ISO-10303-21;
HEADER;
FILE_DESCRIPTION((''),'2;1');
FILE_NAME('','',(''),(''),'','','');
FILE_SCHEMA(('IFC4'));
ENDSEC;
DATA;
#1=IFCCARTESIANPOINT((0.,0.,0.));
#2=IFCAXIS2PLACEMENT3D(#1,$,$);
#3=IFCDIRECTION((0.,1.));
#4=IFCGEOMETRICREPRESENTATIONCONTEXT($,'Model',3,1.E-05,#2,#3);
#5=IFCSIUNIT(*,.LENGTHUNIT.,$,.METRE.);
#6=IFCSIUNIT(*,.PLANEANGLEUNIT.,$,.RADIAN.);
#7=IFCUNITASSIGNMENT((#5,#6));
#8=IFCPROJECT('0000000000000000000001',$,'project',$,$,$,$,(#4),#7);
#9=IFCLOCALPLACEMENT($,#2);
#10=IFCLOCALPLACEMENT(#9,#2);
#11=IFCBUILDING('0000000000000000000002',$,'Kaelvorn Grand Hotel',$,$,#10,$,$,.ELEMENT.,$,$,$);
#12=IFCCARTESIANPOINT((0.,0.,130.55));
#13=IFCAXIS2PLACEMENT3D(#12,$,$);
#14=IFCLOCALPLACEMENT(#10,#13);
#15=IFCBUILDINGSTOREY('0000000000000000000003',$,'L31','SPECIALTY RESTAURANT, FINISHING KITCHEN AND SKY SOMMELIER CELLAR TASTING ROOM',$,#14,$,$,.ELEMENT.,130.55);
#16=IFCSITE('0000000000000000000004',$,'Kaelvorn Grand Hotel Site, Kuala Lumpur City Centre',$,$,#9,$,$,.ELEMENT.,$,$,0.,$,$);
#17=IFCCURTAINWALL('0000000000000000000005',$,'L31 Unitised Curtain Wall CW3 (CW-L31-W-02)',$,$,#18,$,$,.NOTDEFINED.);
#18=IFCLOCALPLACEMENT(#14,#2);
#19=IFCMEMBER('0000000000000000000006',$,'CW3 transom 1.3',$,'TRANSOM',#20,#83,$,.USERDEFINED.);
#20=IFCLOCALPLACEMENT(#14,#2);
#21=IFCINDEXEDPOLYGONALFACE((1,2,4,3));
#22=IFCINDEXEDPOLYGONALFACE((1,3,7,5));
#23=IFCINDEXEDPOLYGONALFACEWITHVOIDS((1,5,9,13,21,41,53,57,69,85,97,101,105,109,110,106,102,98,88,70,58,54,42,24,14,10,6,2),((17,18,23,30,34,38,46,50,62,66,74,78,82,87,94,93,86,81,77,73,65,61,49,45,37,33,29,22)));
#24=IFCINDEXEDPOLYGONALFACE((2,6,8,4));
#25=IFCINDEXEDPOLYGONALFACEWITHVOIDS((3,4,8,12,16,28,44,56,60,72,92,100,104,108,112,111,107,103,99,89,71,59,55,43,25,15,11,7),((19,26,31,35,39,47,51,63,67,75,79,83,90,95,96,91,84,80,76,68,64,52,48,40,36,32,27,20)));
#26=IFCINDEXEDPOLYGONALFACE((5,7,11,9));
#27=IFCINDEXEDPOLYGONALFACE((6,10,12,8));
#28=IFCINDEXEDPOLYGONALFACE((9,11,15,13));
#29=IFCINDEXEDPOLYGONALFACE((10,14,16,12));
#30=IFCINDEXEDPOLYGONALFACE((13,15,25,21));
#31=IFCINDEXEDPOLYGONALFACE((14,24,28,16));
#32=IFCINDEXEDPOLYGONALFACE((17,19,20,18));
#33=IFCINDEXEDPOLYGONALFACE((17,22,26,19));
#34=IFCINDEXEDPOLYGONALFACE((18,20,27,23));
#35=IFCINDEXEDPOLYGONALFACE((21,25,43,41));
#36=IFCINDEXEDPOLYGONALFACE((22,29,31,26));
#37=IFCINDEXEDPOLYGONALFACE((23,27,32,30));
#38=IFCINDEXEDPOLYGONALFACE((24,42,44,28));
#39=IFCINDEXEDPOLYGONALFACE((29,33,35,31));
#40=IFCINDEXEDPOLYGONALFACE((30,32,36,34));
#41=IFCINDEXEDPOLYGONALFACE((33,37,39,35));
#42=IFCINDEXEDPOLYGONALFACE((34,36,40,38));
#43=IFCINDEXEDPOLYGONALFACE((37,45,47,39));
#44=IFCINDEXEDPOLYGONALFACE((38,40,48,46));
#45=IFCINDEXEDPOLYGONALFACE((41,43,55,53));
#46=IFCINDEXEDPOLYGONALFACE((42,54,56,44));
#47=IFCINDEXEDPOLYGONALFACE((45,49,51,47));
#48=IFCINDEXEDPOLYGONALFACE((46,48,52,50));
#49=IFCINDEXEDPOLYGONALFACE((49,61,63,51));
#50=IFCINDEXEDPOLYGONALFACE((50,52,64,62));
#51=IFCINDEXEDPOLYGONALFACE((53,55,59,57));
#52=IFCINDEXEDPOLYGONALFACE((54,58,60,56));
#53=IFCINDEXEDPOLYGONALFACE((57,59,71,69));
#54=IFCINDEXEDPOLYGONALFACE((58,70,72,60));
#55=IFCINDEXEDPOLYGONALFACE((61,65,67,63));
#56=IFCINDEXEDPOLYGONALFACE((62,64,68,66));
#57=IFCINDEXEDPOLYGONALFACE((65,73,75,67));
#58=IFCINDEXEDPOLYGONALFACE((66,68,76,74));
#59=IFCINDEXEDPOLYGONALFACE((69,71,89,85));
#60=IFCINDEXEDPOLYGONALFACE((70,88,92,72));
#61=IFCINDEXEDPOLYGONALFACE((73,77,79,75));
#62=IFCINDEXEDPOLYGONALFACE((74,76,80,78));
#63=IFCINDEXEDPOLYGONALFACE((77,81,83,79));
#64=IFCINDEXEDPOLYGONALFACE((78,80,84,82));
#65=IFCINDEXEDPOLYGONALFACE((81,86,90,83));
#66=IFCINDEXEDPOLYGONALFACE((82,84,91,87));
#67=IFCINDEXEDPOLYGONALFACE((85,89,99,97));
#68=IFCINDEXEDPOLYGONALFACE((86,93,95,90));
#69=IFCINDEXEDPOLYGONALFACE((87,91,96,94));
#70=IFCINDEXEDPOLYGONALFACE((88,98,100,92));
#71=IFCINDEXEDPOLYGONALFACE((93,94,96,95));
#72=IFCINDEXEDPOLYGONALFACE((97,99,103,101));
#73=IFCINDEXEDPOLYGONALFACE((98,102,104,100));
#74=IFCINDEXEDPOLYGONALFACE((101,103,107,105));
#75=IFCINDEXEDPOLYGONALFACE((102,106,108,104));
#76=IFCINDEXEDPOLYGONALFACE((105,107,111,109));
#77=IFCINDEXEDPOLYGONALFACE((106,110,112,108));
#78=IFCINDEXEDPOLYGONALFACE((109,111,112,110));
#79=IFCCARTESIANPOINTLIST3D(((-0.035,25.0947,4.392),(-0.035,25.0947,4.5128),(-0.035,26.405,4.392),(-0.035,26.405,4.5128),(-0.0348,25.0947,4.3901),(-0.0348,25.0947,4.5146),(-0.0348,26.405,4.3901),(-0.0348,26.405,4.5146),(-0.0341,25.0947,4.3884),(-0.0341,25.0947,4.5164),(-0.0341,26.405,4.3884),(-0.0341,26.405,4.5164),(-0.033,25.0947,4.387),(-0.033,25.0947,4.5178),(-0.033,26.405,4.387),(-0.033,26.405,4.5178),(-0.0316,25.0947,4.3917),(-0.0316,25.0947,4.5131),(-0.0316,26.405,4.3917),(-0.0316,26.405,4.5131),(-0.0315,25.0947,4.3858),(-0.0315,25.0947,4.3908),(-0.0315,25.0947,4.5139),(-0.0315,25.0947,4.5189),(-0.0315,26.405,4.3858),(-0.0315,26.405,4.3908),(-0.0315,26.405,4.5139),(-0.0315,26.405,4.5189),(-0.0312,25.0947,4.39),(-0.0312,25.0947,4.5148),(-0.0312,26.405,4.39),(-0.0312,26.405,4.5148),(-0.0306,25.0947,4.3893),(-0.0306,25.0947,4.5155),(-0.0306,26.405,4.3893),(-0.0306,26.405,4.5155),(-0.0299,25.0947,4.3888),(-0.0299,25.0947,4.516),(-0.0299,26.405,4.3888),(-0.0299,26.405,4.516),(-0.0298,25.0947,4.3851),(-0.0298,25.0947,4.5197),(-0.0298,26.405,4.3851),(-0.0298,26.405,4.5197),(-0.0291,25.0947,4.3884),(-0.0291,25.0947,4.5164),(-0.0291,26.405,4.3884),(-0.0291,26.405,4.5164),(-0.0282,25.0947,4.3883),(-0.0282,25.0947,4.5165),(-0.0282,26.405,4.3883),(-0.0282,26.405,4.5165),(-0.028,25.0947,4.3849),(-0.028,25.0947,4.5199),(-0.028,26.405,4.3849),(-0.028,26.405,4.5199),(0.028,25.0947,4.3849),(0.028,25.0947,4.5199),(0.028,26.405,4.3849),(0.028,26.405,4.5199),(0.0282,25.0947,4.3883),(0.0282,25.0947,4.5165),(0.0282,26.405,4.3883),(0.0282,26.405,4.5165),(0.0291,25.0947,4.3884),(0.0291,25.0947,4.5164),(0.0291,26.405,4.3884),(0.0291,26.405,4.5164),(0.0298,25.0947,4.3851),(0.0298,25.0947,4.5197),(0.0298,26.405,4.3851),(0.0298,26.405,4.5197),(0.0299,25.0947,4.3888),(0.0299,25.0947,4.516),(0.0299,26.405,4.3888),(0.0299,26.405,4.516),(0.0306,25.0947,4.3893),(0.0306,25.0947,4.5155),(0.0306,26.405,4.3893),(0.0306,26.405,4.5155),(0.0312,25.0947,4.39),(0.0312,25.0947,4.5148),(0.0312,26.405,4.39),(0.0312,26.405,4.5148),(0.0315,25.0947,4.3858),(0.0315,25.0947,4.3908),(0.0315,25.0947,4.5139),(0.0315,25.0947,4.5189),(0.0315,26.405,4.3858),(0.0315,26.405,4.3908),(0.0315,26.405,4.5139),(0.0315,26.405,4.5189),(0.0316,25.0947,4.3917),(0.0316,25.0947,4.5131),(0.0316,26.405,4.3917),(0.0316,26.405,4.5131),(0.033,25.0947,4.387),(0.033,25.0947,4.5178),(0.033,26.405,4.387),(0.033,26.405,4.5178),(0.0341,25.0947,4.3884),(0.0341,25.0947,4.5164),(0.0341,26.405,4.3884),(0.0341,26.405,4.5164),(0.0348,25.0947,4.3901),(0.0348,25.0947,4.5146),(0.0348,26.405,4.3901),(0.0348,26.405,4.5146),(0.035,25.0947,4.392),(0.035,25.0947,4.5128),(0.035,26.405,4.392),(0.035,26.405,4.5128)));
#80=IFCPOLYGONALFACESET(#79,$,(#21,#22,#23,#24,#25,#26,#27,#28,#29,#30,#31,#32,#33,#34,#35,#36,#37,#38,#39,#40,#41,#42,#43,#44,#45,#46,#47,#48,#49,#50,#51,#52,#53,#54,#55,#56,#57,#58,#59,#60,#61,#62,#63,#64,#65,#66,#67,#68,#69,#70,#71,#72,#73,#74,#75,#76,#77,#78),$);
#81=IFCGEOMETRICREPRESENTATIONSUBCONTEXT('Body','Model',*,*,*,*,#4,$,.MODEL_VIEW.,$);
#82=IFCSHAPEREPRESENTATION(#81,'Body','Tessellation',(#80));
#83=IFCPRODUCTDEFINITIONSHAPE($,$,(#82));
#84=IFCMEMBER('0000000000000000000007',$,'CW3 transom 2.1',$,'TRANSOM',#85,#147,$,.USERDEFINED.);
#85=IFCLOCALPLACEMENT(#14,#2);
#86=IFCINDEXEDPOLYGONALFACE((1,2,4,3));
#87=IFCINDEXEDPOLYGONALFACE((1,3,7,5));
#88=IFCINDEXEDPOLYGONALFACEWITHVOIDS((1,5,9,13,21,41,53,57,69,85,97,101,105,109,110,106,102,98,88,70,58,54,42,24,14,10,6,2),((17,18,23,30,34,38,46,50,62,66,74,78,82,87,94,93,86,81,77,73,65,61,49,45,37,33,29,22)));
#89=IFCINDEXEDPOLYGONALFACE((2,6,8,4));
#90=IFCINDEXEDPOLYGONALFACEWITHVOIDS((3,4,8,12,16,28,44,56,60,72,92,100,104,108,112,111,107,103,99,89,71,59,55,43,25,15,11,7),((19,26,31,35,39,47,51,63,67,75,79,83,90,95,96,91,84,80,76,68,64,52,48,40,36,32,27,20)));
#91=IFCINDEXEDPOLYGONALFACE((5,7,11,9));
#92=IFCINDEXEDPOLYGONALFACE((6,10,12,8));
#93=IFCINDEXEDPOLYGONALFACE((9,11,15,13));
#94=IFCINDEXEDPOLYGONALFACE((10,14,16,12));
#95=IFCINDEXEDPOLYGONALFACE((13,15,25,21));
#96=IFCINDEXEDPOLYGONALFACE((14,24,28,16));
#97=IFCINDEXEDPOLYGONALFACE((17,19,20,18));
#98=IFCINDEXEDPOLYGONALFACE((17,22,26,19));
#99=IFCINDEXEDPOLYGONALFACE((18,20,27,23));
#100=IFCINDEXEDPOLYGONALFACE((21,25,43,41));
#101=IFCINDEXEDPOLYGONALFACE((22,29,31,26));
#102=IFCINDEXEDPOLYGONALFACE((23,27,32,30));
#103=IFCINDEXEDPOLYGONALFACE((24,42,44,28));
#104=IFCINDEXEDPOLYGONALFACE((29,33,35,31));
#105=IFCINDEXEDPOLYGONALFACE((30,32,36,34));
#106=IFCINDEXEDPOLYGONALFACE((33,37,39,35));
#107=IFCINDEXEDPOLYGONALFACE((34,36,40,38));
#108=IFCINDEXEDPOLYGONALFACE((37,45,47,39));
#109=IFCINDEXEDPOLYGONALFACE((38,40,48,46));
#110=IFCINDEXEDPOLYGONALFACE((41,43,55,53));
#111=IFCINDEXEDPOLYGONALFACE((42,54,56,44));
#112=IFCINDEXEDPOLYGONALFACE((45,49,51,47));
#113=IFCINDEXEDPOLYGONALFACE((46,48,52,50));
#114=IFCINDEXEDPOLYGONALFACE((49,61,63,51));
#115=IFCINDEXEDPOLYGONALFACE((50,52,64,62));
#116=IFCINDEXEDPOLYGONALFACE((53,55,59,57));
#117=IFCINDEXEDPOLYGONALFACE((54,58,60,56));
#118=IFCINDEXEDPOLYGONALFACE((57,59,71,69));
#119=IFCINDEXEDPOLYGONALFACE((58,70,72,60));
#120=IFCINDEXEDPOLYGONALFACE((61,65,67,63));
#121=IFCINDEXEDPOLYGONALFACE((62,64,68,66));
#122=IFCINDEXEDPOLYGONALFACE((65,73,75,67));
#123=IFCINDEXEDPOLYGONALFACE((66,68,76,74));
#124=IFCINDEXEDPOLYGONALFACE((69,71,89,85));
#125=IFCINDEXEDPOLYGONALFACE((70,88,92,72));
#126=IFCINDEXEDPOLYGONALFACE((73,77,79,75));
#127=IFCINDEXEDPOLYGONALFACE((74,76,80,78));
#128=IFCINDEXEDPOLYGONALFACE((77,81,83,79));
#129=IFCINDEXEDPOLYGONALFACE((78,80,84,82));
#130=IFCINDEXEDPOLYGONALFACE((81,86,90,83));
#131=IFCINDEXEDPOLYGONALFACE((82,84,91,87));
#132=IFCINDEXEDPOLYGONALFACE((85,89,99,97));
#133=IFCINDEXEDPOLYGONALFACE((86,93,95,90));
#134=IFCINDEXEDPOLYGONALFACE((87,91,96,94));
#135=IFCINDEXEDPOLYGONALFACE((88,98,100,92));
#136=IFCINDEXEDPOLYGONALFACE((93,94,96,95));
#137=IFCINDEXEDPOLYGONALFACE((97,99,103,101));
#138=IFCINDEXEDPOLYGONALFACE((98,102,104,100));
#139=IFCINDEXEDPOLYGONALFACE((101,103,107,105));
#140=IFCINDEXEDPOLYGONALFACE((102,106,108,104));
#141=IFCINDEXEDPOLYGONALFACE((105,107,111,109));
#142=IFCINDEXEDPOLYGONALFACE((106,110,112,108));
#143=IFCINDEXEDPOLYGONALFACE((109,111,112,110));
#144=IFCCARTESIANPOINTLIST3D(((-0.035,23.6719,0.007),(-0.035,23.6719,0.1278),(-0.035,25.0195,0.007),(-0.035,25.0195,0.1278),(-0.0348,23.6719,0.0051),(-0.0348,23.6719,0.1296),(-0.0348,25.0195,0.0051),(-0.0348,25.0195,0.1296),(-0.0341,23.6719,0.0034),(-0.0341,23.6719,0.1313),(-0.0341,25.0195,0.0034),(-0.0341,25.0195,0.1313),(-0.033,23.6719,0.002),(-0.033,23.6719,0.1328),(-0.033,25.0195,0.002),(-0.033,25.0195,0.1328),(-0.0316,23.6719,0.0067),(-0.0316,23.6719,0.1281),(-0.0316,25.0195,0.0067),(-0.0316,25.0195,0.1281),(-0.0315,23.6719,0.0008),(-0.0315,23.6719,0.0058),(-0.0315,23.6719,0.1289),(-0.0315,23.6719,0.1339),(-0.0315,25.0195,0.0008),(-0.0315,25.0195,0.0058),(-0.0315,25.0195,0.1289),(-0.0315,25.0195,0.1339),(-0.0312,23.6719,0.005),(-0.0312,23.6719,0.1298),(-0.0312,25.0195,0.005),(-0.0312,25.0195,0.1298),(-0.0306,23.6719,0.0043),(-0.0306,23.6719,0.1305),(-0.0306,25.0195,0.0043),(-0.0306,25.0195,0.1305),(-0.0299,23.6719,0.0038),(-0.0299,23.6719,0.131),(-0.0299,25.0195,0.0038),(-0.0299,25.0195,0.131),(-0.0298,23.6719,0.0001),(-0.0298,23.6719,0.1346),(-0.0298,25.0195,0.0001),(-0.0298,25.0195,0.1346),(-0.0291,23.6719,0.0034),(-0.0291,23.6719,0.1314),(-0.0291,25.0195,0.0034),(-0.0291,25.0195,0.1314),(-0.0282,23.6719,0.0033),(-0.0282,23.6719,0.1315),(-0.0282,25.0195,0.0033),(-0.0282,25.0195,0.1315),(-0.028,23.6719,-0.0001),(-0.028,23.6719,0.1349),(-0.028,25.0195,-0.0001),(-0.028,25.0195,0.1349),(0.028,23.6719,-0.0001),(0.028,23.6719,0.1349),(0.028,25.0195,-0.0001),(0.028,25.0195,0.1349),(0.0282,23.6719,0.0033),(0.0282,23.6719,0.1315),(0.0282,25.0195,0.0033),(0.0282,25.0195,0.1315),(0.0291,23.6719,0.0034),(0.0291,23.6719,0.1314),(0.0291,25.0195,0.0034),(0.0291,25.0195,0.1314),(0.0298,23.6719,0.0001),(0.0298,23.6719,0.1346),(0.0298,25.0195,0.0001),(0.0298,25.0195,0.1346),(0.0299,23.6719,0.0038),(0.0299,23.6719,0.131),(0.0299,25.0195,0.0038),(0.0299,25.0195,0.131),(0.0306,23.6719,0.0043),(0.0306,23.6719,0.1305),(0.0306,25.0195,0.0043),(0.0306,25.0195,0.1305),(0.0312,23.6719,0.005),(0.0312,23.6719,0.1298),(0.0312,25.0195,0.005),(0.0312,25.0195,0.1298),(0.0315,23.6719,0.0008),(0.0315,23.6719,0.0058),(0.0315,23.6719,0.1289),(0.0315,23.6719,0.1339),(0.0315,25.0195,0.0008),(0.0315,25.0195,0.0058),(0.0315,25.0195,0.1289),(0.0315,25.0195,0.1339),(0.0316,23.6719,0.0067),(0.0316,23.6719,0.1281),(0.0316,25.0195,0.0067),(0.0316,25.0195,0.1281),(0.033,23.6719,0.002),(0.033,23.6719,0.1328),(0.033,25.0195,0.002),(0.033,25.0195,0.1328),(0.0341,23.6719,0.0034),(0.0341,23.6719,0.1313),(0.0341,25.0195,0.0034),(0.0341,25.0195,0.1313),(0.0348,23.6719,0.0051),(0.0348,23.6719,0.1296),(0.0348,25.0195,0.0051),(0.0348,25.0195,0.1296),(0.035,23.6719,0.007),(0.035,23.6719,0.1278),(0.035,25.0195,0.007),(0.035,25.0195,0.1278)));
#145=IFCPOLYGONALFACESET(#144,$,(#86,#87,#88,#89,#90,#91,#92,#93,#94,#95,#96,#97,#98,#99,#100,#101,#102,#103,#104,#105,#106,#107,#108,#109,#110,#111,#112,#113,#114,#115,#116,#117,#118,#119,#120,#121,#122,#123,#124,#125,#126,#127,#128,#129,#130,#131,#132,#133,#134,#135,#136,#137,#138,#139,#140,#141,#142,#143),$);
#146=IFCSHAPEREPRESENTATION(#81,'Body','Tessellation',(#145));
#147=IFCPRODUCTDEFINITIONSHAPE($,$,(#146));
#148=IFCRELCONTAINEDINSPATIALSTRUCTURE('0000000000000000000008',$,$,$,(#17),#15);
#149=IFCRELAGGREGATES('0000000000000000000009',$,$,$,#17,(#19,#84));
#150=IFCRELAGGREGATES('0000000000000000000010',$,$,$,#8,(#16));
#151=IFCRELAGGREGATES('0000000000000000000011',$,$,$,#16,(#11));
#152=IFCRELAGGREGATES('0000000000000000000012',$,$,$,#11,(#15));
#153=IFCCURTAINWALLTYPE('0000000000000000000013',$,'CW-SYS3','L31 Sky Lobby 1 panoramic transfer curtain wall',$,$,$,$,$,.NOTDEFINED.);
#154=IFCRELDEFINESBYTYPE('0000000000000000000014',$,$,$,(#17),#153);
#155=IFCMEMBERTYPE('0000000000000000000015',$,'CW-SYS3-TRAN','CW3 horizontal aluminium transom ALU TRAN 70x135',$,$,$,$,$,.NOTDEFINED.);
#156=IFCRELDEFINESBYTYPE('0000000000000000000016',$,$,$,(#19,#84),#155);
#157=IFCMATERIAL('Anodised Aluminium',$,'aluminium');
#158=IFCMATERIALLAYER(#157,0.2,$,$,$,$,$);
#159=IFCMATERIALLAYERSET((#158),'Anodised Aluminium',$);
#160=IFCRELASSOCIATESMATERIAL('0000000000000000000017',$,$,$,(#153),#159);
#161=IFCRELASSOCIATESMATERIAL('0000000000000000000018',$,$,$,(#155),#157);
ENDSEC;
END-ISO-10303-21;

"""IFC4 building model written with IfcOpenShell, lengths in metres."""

from ifc_helpers import new_model, si_unit, direction, frame, origin, origin_2d, place, context, subcontext, project, spatial, hollow_rectangle, extrude, material, layer, layer_set, material_profile, profile_set, type_object, element, aggregate, save


model = new_model("IFC4")

# Units and contexts
model_context = context("Model", 3, precision=1e-05, world=origin(), true_north=direction((0.0, 1.0)))
body_context = subcontext(model_context, "Body", "Model", "MODEL_VIEW")
ifc_project = project(units=[si_unit("LENGTHUNIT", "METRE"), si_unit("PLANEANGLEUNIT", "RADIAN")], contexts=[model_context])

# Site, building, storey
site_placement = place(None, origin())
site = spatial("IfcSite", under=ifc_project, at=site_placement, Name="Kaelvorn Grand Hotel Site, Kuala Lumpur City Centre", CompositionType="ELEMENT", RefElevation=0.0)
building_placement = place(site_placement, origin())
building = spatial("IfcBuilding", under=site, at=building_placement, Name="Kaelvorn Grand Hotel", CompositionType="ELEMENT")
storey_placement = place(building_placement, frame((0.0, 0.0, 130.55)))
storey = spatial("IfcBuildingStorey", under=building, at=storey_placement, Name="L31", Description="SPECIALTY RESTAURANT, FINISHING KITCHEN AND SKY SOMMELIER CELLAR TASTING ROOM", CompositionType="ELEMENT", Elevation=130.55)

# Curtain wall, members
ifc_material_1 = material(Name="Anodised Aluminium", Category="aluminium")
ifc_layer_1 = layer(ifc_material_1, 0.2)
ifc_layer_set_1 = layer_set([ifc_layer_1], Name="Anodised Aluminium")
curtain_wall_type = type_object("IfcCurtainWallType", Name="CW-SYS3", Description="L31 Sky Lobby 1 panoramic transfer curtain wall", PredefinedType="NOTDEFINED", material=ifc_layer_set_1)
curtain_wall_placement = place(storey_placement, origin())
curtain_wall = element("IfcCurtainWall", 1, at=curtain_wall_placement, inside=storey, type_object=curtain_wall_type, Name="L31 Unitised Curtain Wall CW3 (CW-L31-W-02)", PredefinedType="NOTDEFINED")
ifc_material_profile_1 = material_profile(ifc_material_1, hollow_rectangle(XDim=0.0701, YDim=0.135, WallThickness=0.0034, InnerFilletRadius=0.0034, OuterFilletRadius=0.0071, at=origin_2d()), Name="ALU TRAN 70x135")
ifc_profile_set_1 = profile_set([ifc_material_profile_1], Name="Anodised Aluminium")
member_type_1 = type_object("IfcMemberType", Name="CW-SYS3-TRAN", Description="CW3 horizontal aluminium transom ALU TRAN 70x135", PredefinedType="NOTDEFINED", material=ifc_profile_set_1)
member_1_placement = place(storey_placement, frame((0.0, 26.405, 4.4524), z_axis=(0.0, -1.0, 0.0), x_axis=(1.0, 0.0, 0.0)))
member_1 = element("IfcMember", 2, at=member_1_placement, type_object=member_type_1, Name="CW3 transom 1.3", ObjectType="TRANSOM", PredefinedType="USERDEFINED", context=body_context, shape_type="SweptSolid", body=[
    extrude(hollow_rectangle(XDim=0.0701, YDim=0.135, WallThickness=0.0034, InnerFilletRadius=0.0034, OuterFilletRadius=0.0071, at=origin_2d()), origin(), (0.0, 0.0, 1.0), 1.3103),
])
member_2_placement = place(storey_placement, frame((0.0, 25.0195, 0.0674), z_axis=(0.0, -1.0, 0.0), x_axis=(1.0, 0.0, 0.0)))
member_2 = element("IfcMember", 3, at=member_2_placement, type_object=member_type_1, Name="CW3 transom 2.1", ObjectType="TRANSOM", PredefinedType="USERDEFINED", context=body_context, shape_type="SweptSolid", body=[
    extrude(hollow_rectangle(XDim=0.0701, YDim=0.135, WallThickness=0.0034, InnerFilletRadius=0.0034, OuterFilletRadius=0.0071, at=origin_2d()), origin(), (0.0, 0.0, 1.0), 1.3477),
])
aggregate(curtain_wall, [member_1, member_2])

save(model, "model.ifc")
